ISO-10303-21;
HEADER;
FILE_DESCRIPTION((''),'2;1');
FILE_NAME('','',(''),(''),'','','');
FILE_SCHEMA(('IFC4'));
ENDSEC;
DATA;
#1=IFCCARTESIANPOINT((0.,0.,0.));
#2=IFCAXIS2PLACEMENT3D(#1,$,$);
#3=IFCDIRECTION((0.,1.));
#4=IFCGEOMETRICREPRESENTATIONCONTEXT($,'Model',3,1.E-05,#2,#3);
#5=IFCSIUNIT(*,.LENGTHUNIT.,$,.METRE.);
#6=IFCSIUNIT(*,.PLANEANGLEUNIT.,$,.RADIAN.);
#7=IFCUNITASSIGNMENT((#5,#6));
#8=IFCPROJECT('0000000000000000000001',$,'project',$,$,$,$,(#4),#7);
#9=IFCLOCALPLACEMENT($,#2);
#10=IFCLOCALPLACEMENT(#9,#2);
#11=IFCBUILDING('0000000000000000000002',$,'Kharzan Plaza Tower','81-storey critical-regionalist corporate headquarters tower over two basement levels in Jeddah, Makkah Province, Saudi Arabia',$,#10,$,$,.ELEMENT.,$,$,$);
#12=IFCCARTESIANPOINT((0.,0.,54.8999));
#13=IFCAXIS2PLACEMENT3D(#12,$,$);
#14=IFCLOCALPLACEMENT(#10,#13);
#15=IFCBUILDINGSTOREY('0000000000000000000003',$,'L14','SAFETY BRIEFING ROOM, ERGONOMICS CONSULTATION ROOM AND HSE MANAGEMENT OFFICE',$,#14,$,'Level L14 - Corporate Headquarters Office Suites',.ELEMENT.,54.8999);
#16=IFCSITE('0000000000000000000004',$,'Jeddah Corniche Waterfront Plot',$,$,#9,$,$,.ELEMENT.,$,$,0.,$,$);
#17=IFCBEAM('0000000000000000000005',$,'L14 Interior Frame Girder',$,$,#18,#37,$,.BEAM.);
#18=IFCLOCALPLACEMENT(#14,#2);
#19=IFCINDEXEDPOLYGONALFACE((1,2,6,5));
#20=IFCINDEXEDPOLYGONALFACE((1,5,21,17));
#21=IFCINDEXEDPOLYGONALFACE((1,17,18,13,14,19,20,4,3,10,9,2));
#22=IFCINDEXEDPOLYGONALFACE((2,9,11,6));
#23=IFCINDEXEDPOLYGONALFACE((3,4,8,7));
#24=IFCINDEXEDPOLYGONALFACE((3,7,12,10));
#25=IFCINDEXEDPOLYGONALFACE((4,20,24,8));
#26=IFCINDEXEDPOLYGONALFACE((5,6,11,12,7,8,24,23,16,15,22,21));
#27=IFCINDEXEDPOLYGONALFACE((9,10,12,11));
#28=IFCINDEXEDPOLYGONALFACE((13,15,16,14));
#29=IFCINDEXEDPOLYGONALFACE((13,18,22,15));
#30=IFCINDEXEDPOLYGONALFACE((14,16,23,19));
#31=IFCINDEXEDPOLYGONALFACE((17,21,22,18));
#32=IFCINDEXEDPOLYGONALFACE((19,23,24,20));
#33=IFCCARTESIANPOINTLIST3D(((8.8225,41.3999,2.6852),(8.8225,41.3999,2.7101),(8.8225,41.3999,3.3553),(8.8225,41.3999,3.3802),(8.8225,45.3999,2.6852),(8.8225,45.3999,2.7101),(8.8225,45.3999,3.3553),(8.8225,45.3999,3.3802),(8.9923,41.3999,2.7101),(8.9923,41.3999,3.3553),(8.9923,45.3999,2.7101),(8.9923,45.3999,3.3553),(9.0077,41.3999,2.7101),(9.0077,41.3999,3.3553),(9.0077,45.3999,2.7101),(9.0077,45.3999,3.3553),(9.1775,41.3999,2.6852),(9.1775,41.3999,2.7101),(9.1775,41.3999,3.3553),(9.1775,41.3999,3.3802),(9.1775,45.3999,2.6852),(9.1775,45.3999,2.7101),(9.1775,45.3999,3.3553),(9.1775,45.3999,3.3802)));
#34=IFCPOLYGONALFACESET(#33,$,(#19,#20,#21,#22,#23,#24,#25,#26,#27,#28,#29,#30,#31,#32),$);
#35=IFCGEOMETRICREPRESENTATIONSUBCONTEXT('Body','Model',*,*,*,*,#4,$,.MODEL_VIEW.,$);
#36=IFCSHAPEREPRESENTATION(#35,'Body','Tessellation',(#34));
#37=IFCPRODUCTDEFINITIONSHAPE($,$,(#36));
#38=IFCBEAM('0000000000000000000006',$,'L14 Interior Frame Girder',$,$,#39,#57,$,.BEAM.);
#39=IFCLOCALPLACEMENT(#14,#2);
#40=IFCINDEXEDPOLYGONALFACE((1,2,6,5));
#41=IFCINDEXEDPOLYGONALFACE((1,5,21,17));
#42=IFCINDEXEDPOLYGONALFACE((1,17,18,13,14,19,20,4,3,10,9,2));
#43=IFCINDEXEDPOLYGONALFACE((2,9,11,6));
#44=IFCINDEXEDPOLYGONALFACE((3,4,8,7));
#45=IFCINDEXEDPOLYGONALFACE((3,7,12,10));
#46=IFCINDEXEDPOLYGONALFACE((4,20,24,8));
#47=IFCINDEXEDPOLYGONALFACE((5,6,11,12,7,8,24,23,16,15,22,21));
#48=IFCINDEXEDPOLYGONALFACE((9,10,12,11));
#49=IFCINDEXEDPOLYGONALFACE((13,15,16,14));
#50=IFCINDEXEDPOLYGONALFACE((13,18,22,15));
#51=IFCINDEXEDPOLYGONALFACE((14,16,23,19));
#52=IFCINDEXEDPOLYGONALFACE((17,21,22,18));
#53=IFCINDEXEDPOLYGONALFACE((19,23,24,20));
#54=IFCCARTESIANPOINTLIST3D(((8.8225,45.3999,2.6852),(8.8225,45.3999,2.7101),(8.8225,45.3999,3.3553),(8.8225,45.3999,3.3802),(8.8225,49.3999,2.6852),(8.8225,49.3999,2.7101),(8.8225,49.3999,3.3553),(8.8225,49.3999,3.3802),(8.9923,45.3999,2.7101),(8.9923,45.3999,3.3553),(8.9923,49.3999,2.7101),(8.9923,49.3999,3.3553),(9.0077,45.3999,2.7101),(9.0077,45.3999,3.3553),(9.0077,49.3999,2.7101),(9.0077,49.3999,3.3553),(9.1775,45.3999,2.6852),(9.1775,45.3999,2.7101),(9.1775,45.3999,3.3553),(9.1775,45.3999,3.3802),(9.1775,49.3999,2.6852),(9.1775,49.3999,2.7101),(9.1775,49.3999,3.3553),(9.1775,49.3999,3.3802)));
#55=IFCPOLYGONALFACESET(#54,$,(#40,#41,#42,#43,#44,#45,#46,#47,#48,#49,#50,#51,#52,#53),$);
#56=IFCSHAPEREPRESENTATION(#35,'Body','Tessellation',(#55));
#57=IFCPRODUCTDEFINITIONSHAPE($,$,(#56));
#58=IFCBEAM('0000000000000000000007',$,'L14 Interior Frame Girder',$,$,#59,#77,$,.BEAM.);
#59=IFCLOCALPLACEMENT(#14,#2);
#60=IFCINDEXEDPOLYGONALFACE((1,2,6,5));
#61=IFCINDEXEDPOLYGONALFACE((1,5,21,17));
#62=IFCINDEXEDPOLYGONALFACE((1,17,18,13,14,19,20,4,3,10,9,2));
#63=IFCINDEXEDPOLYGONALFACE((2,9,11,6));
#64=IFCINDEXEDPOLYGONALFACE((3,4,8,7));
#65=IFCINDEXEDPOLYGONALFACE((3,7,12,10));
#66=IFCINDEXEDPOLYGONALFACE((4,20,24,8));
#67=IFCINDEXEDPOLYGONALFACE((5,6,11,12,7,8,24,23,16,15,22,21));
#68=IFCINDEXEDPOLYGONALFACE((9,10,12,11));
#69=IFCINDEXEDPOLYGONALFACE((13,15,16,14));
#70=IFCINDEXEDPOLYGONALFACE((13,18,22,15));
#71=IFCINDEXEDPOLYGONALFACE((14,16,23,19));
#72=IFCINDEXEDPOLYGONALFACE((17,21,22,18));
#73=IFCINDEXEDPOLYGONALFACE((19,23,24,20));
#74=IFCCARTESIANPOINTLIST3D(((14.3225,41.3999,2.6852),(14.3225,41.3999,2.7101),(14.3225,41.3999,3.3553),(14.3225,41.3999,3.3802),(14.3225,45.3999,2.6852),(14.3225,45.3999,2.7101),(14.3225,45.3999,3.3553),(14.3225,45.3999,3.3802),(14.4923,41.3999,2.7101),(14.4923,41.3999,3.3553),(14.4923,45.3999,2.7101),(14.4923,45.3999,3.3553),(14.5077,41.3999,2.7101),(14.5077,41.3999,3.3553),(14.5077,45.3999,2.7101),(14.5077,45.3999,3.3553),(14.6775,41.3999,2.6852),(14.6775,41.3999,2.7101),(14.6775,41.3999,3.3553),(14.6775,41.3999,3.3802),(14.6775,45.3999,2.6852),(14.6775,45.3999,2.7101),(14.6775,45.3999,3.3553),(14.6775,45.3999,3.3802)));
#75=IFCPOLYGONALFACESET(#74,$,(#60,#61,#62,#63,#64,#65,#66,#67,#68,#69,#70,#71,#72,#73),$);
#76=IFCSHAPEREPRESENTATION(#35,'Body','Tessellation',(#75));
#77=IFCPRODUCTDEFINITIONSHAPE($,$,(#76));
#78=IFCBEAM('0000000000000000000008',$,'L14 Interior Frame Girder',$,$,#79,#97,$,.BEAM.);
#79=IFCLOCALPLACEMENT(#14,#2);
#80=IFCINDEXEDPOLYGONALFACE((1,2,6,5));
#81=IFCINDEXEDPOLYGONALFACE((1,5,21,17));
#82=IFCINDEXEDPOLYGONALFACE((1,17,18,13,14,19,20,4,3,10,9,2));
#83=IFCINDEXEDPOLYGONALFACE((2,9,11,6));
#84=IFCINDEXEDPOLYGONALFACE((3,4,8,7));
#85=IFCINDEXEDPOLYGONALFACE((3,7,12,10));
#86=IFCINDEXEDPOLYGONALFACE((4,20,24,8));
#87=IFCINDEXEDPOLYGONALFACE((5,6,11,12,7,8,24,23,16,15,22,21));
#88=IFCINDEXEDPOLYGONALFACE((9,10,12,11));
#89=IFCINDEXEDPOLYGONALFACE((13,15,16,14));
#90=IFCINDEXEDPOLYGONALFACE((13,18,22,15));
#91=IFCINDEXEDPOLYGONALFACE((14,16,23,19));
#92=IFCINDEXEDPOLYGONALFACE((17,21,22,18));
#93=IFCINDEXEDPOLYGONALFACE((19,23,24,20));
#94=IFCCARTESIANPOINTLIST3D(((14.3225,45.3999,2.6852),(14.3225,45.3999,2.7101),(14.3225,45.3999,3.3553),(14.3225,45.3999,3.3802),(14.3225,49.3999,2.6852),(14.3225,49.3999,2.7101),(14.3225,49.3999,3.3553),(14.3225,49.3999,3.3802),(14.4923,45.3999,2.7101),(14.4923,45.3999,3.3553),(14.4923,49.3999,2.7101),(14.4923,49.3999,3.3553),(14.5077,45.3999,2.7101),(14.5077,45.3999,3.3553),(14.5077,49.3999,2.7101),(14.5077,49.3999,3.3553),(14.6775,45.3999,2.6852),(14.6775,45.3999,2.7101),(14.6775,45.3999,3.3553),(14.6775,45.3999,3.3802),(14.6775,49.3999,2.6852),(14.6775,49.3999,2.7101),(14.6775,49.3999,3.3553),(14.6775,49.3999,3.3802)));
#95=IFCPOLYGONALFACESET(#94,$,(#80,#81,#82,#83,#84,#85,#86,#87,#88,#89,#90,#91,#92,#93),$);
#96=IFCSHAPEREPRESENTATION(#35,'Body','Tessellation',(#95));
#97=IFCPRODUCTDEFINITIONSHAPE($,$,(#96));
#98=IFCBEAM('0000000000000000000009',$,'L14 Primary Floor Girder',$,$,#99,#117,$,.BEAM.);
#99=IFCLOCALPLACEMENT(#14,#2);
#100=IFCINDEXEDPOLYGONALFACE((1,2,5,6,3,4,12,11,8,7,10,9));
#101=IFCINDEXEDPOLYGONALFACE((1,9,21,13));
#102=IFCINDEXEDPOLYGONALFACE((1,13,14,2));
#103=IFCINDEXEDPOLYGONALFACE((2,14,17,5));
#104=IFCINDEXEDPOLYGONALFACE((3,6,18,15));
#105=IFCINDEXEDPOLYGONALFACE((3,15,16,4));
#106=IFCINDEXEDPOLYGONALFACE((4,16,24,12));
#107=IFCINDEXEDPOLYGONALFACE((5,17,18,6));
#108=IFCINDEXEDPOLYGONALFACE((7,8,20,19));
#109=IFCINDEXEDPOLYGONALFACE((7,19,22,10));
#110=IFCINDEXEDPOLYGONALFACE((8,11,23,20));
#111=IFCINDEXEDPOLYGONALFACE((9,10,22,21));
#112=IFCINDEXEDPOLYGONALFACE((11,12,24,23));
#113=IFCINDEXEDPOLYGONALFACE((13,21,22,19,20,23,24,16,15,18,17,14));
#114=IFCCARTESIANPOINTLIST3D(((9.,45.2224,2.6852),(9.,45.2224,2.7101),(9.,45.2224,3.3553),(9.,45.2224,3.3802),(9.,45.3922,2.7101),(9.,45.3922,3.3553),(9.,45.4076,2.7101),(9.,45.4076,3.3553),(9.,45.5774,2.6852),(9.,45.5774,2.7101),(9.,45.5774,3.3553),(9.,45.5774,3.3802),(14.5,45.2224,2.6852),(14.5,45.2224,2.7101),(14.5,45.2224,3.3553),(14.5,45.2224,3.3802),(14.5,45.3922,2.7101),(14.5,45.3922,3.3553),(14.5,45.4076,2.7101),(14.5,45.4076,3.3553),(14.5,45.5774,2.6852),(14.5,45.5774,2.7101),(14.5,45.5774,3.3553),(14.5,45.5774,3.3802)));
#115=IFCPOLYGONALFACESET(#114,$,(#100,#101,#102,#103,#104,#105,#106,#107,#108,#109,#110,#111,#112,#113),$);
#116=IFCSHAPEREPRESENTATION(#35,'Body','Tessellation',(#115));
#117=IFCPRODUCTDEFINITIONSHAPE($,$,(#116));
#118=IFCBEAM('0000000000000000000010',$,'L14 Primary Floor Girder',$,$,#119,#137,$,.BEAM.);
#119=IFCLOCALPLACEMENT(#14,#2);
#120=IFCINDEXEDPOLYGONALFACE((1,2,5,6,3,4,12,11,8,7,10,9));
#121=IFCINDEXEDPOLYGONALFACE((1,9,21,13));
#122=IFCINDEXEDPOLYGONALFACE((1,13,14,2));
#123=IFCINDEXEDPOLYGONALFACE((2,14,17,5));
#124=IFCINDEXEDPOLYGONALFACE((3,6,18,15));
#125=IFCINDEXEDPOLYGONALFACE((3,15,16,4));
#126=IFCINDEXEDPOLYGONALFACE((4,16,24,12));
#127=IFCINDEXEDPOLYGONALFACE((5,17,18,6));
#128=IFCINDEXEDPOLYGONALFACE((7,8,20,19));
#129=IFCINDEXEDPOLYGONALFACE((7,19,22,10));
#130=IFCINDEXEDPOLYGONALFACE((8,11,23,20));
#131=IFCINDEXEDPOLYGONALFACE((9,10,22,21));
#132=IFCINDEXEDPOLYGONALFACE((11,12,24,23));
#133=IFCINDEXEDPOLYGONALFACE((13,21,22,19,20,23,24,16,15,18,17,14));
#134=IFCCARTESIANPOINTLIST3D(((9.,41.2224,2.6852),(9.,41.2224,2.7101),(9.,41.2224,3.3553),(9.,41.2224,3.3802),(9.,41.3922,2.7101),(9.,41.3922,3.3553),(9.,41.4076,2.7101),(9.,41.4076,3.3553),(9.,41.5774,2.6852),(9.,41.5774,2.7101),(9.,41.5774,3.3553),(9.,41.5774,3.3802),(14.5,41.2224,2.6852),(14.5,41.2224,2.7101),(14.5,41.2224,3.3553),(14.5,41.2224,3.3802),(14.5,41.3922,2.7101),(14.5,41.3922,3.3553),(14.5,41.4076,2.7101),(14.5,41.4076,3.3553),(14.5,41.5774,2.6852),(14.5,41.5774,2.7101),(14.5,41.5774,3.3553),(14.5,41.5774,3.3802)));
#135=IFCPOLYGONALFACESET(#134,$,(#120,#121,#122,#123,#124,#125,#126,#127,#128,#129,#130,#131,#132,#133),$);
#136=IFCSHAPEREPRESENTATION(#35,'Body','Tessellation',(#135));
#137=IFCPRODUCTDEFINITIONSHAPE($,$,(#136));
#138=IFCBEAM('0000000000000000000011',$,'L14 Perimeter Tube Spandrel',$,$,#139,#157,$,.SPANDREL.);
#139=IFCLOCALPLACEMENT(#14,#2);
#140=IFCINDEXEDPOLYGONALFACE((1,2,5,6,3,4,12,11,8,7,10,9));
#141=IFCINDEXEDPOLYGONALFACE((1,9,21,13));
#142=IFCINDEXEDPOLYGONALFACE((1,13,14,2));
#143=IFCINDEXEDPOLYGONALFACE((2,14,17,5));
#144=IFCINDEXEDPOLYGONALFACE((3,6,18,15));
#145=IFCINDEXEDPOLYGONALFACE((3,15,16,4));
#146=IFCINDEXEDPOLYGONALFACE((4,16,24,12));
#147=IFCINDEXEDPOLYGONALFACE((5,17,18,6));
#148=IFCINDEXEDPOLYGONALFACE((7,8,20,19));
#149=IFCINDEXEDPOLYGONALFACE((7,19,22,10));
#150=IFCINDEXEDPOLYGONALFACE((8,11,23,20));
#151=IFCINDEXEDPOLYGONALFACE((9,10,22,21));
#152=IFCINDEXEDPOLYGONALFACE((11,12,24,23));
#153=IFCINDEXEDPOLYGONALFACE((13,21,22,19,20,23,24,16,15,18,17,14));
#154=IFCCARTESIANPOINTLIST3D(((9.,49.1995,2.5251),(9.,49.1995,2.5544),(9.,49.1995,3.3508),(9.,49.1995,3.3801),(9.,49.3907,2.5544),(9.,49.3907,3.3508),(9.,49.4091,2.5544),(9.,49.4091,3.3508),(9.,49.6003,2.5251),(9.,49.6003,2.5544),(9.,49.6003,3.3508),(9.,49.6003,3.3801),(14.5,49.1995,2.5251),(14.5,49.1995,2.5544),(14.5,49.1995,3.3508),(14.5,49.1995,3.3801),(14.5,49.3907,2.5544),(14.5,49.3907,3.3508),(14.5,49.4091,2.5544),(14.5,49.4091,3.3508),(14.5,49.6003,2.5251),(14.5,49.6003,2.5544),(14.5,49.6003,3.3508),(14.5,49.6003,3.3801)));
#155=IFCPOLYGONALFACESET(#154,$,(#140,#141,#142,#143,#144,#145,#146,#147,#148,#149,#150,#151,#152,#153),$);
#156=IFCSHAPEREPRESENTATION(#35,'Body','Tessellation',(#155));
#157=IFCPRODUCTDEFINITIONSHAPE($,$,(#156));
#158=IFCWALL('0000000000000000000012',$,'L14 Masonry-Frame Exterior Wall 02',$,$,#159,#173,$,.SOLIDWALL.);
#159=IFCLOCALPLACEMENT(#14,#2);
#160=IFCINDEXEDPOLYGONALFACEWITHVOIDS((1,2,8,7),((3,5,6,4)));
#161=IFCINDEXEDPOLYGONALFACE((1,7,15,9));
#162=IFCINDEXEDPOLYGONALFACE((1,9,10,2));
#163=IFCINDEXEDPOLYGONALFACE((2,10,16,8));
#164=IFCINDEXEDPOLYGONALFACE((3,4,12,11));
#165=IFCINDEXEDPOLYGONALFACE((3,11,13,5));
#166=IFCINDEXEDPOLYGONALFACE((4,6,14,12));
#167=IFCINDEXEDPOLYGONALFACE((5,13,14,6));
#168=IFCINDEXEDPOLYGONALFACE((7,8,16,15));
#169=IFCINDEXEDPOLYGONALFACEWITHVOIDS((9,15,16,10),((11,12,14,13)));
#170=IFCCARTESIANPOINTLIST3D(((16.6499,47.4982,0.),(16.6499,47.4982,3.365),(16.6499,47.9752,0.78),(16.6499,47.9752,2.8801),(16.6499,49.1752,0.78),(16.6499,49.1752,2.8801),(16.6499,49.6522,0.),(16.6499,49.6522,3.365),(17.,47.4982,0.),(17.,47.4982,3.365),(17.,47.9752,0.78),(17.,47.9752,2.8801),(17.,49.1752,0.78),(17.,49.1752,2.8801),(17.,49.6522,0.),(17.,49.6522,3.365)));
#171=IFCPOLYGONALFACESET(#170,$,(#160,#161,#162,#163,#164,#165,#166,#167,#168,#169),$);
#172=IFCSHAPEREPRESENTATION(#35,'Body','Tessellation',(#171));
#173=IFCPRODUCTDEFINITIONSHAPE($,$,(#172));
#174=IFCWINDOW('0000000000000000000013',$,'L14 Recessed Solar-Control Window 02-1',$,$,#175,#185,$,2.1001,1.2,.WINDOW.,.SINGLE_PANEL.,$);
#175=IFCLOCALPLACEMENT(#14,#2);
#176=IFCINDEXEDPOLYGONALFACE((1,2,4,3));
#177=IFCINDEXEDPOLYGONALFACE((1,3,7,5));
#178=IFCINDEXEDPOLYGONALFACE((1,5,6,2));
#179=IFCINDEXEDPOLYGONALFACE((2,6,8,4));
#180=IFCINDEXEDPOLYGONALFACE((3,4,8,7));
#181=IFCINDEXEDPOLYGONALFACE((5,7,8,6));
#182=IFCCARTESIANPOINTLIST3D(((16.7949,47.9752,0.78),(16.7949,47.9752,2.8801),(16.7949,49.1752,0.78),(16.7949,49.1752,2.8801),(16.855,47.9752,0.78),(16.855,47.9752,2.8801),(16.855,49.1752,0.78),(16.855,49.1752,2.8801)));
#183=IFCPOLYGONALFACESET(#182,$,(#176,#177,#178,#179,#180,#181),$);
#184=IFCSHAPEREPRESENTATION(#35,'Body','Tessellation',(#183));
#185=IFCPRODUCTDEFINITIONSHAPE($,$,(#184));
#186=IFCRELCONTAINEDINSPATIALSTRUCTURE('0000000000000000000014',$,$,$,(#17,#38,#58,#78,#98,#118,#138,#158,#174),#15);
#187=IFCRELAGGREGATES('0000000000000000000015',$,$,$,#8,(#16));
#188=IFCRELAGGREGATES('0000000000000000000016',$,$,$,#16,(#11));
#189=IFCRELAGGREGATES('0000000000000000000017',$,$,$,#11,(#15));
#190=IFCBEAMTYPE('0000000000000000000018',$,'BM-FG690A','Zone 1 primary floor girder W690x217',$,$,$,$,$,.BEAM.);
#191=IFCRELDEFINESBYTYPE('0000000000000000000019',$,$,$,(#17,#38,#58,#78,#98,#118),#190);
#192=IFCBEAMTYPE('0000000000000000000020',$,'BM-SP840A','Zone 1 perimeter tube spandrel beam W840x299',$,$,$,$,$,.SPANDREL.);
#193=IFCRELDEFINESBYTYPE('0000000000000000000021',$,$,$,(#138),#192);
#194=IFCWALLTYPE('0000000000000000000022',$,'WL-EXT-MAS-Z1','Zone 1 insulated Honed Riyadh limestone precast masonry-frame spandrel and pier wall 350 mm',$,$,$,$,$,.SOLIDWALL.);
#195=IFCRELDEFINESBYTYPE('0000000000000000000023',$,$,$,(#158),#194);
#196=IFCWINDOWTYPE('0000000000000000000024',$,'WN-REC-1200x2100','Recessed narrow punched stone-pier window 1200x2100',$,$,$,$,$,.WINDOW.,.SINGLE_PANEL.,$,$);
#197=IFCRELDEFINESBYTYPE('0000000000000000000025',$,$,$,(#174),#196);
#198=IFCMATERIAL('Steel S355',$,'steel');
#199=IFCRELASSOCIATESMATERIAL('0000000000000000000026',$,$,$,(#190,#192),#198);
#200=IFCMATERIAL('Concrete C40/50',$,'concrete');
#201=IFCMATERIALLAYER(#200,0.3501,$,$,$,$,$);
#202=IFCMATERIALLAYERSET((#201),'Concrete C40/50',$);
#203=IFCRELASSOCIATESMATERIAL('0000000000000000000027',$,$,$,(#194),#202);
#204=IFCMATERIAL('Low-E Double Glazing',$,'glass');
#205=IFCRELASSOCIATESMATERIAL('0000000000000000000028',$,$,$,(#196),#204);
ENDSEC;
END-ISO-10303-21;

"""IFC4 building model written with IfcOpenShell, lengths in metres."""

from ifc_helpers import new_model, si_unit, direction, frame, frame_2d, origin, origin_2d, place, context, subcontext, project, spatial, rectangle, i_section, extrude, source, transform, mapped, material, layer, layer_set, material_profile, profile_set, type_object, element, fill, save


model = new_model("IFC4")

# Units and contexts
model_context = context("Model", 3, precision=1e-05, world=origin(), true_north=direction((0.0, 1.0)))
body_context = subcontext(model_context, "Body", "Model", "MODEL_VIEW")
ifc_project = project(units=[si_unit("LENGTHUNIT", "METRE"), si_unit("PLANEANGLEUNIT", "RADIAN")], contexts=[model_context])

# Site, building, storey
site_placement = place(None, origin())
site = spatial("IfcSite", under=ifc_project, at=site_placement, Name="Jeddah Corniche Waterfront Plot", CompositionType="ELEMENT", RefElevation=0.0)
building_placement = place(site_placement, origin())
building = spatial("IfcBuilding", under=site, at=building_placement, Name="Kharzan Plaza Tower", Description="81-storey critical-regionalist corporate headquarters tower over two basement levels in Jeddah, Makkah Province, Saudi Arabia", CompositionType="ELEMENT")
storey_placement = place(building_placement, frame((0.0, 0.0, 54.8999)))
storey = spatial("IfcBuildingStorey", under=building, at=storey_placement, Name="L14", Description="SAFETY BRIEFING ROOM, ERGONOMICS CONSULTATION ROOM AND HSE MANAGEMENT OFFICE", LongName="Level L14 - Corporate Headquarters Office Suites", CompositionType="ELEMENT", Elevation=54.8999)

# Beams
ifc_material_1 = material(Name="Steel S355", Category="steel")
ifc_material_profile_1 = material_profile(ifc_material_1, i_section(OverallWidth=0.355, OverallDepth=0.6951, WebThickness=0.0154, FlangeThickness=0.0249, at=origin_2d()), Name="W690x217")
ifc_profile_set_1 = profile_set([ifc_material_profile_1], Name="Steel S355")
beam_type_1 = type_object("IfcBeamType", Name="BM-FG690A", Description="Zone 1 primary floor girder W690x217", PredefinedType="BEAM", material=ifc_profile_set_1)
shared_shape_1 = source(origin(), body_context, "Body", "SweptSolid", [
    extrude(i_section(OverallWidth=0.355, OverallDepth=0.6951, WebThickness=0.0154, FlangeThickness=0.0249, at=origin_2d()), origin(), (0.0, 0.0, 1.0), 4.0),
])
for number, where, z_axis, x_axis, name in (
    (1, (9.0, 41.3999, 3.0327), (0.0, 1.0, 0.0), (-1.0, 0.0, 0.0), "L14 Interior Frame Girder"),
    (2, (9.0, 45.3999, 3.0327), (0.0, 1.0, 0.0), (-1.0, 0.0, 0.0), "L14 Interior Frame Girder"),
    (3, (14.5, 41.3999, 3.0327), (0.0, 1.0, 0.0), (-1.0, 0.0, 0.0), "L14 Interior Frame Girder"),
    (4, (14.5, 45.3999, 3.0327), (0.0, 1.0, 0.0), (-1.0, 0.0, 0.0), "L14 Interior Frame Girder"),
):
    element("IfcBeam", number, at=place(storey_placement, frame(where, z_axis=z_axis, x_axis=x_axis)), inside=storey, type_object=beam_type_1, Name=name, PredefinedType="BEAM", context=body_context, shape_type="MappedRepresentation", body=[
        mapped(shared_shape_1, transform((0.0, 0.0, 0.0), x_axis=(1.0, 0.0, 0.0), y_axis=(0.0, 1.0, 0.0), z_axis=(0.0, 0.0, 1.0))),
    ])
shared_shape_2 = source(origin(), body_context, "Body", "SweptSolid", [
    extrude(i_section(OverallWidth=0.355, OverallDepth=0.6951, WebThickness=0.0154, FlangeThickness=0.0249, at=origin_2d()), origin(), (0.0, 0.0, 1.0), 5.5),
])
for number, where, z_axis, x_axis, name in (
    (5, (9.0, 45.3999, 3.0327), (1.0, 0.0, 0.0), (0.0, 1.0, 0.0), "L14 Primary Floor Girder"),
    (6, (9.0, 41.3999, 3.0327), (1.0, 0.0, 0.0), (0.0, 1.0, 0.0), "L14 Primary Floor Girder"),
):
    element("IfcBeam", number, at=place(storey_placement, frame(where, z_axis=z_axis, x_axis=x_axis)), inside=storey, type_object=beam_type_1, Name=name, PredefinedType="BEAM", context=body_context, shape_type="MappedRepresentation", body=[
        mapped(shared_shape_2, transform((0.0, 0.0, 0.0), x_axis=(1.0, 0.0, 0.0), y_axis=(0.0, 1.0, 0.0), z_axis=(0.0, 0.0, 1.0))),
    ])
ifc_material_profile_2 = material_profile(ifc_material_1, i_section(OverallWidth=0.4009, OverallDepth=0.855, WebThickness=0.0183, FlangeThickness=0.0293, at=origin_2d()), Name="W840x299")
ifc_profile_set_2 = profile_set([ifc_material_profile_2], Name="Steel S355")
beam_type_2 = type_object("IfcBeamType", Name="BM-SP840A", Description="Zone 1 perimeter tube spandrel beam W840x299", PredefinedType="SPANDREL", material=ifc_profile_set_2)
shared_shape_3 = source(origin(), body_context, "Body", "SweptSolid", [
    extrude(i_section(OverallWidth=0.4009, OverallDepth=0.855, WebThickness=0.0183, FlangeThickness=0.0293, at=origin_2d()), origin(), (0.0, 0.0, 1.0), 5.5),
])
beam_1_placement = place(storey_placement, frame((9.0, 49.3999, 2.9526), z_axis=(1.0, 0.0, 0.0), x_axis=(0.0, 1.0, 0.0)))
element("IfcBeam", 7, at=beam_1_placement, inside=storey, type_object=beam_type_2, Name="L14 Perimeter Tube Spandrel", PredefinedType="SPANDREL", context=body_context, shape_type="MappedRepresentation", body=[
    mapped(shared_shape_3, transform((0.0, 0.0, 0.0), x_axis=(1.0, 0.0, 0.0), y_axis=(0.0, 1.0, 0.0), z_axis=(0.0, 0.0, 1.0))),
])

# Wall, opening, window
ifc_material_2 = material(Name="Concrete C40/50", Category="concrete")
ifc_layer_1 = layer(ifc_material_2, 0.3501)
ifc_layer_set_1 = layer_set([ifc_layer_1], Name="Concrete C40/50")
wall_type_1 = type_object("IfcWallType", Name="WL-EXT-MAS-Z1", Description="Zone 1 insulated Honed Riyadh limestone precast masonry-frame spandrel and pier wall 350 mm", PredefinedType="SOLIDWALL", material=ifc_layer_set_1)
wall_1_placement = place(storey_placement, frame((16.825, 47.498, 0.0), z_axis=(0.0, 0.0, 1.0), x_axis=(0.0, 1.0, 0.0)))
wall_1 = element("IfcWall", 8, at=wall_1_placement, inside=storey, type_object=wall_type_1, Name="L14 Masonry-Frame Exterior Wall 02", PredefinedType="SOLIDWALL", context=body_context, shape_type="SweptSolid", body=[
    extrude(rectangle(XDim=2.1541, YDim=0.3501, at=frame_2d((1.0771, 0.0))), origin(), (0.0, 0.0, 1.0), 3.365),
])
opening_1_placement = place(wall_1_placement, frame((0.4771, 0.0, 0.78)))
opening_1 = element("IfcOpeningElement", 9, at=opening_1_placement, cuts=wall_1, PredefinedType="OPENING", context=body_context, shape_type="SweptSolid", body=[
    extrude(rectangle(XDim=1.2, YDim=2.1001, at=frame_2d((0.6001, 1.05))), frame((0.0, 0.1851, 0.0), z_axis=(0.0, -1.0, 0.0), x_axis=(1.0, 0.0, 0.0)), (0.0, 0.0, 1.0), 0.3701),
])
ifc_material_3 = material(Name="Low-E Double Glazing", Category="glass")
window_type_1 = type_object("IfcWindowType", Name="WN-REC-1200x2100", Description="Recessed narrow punched stone-pier window 1200x2100", PartitioningType="SINGLE_PANEL", PredefinedType="WINDOW", material=ifc_material_3)
shared_shape_4 = source(origin(), body_context, "Body", "SweptSolid", [
    extrude(rectangle(XDim=1.2, YDim=2.1001, at=frame_2d((0.6001, 1.05))), frame((0.0, 0.03, 0.0), z_axis=(0.0, -1.0, 0.0), x_axis=(1.0, 0.0, 0.0)), (0.0, 0.0, 1.0), 0.0601),
])
window_1_placement = place(opening_1_placement, origin())
window_1 = element("IfcWindow", 10, at=window_1_placement, inside=storey, type_object=window_type_1, Name="L14 Recessed Solar-Control Window 02-1", OverallHeight=2.1001, OverallWidth=1.2, PartitioningType="SINGLE_PANEL", PredefinedType="WINDOW", context=body_context, shape_type="MappedRepresentation", body=[
    mapped(shared_shape_4, transform((0.0, 0.0, 0.0), x_axis=(1.0, 0.0, 0.0), y_axis=(0.0, 1.0, 0.0), z_axis=(0.0, 0.0, 1.0))),
])
fill(opening_1, window_1)

save(model, "model.ifc")
